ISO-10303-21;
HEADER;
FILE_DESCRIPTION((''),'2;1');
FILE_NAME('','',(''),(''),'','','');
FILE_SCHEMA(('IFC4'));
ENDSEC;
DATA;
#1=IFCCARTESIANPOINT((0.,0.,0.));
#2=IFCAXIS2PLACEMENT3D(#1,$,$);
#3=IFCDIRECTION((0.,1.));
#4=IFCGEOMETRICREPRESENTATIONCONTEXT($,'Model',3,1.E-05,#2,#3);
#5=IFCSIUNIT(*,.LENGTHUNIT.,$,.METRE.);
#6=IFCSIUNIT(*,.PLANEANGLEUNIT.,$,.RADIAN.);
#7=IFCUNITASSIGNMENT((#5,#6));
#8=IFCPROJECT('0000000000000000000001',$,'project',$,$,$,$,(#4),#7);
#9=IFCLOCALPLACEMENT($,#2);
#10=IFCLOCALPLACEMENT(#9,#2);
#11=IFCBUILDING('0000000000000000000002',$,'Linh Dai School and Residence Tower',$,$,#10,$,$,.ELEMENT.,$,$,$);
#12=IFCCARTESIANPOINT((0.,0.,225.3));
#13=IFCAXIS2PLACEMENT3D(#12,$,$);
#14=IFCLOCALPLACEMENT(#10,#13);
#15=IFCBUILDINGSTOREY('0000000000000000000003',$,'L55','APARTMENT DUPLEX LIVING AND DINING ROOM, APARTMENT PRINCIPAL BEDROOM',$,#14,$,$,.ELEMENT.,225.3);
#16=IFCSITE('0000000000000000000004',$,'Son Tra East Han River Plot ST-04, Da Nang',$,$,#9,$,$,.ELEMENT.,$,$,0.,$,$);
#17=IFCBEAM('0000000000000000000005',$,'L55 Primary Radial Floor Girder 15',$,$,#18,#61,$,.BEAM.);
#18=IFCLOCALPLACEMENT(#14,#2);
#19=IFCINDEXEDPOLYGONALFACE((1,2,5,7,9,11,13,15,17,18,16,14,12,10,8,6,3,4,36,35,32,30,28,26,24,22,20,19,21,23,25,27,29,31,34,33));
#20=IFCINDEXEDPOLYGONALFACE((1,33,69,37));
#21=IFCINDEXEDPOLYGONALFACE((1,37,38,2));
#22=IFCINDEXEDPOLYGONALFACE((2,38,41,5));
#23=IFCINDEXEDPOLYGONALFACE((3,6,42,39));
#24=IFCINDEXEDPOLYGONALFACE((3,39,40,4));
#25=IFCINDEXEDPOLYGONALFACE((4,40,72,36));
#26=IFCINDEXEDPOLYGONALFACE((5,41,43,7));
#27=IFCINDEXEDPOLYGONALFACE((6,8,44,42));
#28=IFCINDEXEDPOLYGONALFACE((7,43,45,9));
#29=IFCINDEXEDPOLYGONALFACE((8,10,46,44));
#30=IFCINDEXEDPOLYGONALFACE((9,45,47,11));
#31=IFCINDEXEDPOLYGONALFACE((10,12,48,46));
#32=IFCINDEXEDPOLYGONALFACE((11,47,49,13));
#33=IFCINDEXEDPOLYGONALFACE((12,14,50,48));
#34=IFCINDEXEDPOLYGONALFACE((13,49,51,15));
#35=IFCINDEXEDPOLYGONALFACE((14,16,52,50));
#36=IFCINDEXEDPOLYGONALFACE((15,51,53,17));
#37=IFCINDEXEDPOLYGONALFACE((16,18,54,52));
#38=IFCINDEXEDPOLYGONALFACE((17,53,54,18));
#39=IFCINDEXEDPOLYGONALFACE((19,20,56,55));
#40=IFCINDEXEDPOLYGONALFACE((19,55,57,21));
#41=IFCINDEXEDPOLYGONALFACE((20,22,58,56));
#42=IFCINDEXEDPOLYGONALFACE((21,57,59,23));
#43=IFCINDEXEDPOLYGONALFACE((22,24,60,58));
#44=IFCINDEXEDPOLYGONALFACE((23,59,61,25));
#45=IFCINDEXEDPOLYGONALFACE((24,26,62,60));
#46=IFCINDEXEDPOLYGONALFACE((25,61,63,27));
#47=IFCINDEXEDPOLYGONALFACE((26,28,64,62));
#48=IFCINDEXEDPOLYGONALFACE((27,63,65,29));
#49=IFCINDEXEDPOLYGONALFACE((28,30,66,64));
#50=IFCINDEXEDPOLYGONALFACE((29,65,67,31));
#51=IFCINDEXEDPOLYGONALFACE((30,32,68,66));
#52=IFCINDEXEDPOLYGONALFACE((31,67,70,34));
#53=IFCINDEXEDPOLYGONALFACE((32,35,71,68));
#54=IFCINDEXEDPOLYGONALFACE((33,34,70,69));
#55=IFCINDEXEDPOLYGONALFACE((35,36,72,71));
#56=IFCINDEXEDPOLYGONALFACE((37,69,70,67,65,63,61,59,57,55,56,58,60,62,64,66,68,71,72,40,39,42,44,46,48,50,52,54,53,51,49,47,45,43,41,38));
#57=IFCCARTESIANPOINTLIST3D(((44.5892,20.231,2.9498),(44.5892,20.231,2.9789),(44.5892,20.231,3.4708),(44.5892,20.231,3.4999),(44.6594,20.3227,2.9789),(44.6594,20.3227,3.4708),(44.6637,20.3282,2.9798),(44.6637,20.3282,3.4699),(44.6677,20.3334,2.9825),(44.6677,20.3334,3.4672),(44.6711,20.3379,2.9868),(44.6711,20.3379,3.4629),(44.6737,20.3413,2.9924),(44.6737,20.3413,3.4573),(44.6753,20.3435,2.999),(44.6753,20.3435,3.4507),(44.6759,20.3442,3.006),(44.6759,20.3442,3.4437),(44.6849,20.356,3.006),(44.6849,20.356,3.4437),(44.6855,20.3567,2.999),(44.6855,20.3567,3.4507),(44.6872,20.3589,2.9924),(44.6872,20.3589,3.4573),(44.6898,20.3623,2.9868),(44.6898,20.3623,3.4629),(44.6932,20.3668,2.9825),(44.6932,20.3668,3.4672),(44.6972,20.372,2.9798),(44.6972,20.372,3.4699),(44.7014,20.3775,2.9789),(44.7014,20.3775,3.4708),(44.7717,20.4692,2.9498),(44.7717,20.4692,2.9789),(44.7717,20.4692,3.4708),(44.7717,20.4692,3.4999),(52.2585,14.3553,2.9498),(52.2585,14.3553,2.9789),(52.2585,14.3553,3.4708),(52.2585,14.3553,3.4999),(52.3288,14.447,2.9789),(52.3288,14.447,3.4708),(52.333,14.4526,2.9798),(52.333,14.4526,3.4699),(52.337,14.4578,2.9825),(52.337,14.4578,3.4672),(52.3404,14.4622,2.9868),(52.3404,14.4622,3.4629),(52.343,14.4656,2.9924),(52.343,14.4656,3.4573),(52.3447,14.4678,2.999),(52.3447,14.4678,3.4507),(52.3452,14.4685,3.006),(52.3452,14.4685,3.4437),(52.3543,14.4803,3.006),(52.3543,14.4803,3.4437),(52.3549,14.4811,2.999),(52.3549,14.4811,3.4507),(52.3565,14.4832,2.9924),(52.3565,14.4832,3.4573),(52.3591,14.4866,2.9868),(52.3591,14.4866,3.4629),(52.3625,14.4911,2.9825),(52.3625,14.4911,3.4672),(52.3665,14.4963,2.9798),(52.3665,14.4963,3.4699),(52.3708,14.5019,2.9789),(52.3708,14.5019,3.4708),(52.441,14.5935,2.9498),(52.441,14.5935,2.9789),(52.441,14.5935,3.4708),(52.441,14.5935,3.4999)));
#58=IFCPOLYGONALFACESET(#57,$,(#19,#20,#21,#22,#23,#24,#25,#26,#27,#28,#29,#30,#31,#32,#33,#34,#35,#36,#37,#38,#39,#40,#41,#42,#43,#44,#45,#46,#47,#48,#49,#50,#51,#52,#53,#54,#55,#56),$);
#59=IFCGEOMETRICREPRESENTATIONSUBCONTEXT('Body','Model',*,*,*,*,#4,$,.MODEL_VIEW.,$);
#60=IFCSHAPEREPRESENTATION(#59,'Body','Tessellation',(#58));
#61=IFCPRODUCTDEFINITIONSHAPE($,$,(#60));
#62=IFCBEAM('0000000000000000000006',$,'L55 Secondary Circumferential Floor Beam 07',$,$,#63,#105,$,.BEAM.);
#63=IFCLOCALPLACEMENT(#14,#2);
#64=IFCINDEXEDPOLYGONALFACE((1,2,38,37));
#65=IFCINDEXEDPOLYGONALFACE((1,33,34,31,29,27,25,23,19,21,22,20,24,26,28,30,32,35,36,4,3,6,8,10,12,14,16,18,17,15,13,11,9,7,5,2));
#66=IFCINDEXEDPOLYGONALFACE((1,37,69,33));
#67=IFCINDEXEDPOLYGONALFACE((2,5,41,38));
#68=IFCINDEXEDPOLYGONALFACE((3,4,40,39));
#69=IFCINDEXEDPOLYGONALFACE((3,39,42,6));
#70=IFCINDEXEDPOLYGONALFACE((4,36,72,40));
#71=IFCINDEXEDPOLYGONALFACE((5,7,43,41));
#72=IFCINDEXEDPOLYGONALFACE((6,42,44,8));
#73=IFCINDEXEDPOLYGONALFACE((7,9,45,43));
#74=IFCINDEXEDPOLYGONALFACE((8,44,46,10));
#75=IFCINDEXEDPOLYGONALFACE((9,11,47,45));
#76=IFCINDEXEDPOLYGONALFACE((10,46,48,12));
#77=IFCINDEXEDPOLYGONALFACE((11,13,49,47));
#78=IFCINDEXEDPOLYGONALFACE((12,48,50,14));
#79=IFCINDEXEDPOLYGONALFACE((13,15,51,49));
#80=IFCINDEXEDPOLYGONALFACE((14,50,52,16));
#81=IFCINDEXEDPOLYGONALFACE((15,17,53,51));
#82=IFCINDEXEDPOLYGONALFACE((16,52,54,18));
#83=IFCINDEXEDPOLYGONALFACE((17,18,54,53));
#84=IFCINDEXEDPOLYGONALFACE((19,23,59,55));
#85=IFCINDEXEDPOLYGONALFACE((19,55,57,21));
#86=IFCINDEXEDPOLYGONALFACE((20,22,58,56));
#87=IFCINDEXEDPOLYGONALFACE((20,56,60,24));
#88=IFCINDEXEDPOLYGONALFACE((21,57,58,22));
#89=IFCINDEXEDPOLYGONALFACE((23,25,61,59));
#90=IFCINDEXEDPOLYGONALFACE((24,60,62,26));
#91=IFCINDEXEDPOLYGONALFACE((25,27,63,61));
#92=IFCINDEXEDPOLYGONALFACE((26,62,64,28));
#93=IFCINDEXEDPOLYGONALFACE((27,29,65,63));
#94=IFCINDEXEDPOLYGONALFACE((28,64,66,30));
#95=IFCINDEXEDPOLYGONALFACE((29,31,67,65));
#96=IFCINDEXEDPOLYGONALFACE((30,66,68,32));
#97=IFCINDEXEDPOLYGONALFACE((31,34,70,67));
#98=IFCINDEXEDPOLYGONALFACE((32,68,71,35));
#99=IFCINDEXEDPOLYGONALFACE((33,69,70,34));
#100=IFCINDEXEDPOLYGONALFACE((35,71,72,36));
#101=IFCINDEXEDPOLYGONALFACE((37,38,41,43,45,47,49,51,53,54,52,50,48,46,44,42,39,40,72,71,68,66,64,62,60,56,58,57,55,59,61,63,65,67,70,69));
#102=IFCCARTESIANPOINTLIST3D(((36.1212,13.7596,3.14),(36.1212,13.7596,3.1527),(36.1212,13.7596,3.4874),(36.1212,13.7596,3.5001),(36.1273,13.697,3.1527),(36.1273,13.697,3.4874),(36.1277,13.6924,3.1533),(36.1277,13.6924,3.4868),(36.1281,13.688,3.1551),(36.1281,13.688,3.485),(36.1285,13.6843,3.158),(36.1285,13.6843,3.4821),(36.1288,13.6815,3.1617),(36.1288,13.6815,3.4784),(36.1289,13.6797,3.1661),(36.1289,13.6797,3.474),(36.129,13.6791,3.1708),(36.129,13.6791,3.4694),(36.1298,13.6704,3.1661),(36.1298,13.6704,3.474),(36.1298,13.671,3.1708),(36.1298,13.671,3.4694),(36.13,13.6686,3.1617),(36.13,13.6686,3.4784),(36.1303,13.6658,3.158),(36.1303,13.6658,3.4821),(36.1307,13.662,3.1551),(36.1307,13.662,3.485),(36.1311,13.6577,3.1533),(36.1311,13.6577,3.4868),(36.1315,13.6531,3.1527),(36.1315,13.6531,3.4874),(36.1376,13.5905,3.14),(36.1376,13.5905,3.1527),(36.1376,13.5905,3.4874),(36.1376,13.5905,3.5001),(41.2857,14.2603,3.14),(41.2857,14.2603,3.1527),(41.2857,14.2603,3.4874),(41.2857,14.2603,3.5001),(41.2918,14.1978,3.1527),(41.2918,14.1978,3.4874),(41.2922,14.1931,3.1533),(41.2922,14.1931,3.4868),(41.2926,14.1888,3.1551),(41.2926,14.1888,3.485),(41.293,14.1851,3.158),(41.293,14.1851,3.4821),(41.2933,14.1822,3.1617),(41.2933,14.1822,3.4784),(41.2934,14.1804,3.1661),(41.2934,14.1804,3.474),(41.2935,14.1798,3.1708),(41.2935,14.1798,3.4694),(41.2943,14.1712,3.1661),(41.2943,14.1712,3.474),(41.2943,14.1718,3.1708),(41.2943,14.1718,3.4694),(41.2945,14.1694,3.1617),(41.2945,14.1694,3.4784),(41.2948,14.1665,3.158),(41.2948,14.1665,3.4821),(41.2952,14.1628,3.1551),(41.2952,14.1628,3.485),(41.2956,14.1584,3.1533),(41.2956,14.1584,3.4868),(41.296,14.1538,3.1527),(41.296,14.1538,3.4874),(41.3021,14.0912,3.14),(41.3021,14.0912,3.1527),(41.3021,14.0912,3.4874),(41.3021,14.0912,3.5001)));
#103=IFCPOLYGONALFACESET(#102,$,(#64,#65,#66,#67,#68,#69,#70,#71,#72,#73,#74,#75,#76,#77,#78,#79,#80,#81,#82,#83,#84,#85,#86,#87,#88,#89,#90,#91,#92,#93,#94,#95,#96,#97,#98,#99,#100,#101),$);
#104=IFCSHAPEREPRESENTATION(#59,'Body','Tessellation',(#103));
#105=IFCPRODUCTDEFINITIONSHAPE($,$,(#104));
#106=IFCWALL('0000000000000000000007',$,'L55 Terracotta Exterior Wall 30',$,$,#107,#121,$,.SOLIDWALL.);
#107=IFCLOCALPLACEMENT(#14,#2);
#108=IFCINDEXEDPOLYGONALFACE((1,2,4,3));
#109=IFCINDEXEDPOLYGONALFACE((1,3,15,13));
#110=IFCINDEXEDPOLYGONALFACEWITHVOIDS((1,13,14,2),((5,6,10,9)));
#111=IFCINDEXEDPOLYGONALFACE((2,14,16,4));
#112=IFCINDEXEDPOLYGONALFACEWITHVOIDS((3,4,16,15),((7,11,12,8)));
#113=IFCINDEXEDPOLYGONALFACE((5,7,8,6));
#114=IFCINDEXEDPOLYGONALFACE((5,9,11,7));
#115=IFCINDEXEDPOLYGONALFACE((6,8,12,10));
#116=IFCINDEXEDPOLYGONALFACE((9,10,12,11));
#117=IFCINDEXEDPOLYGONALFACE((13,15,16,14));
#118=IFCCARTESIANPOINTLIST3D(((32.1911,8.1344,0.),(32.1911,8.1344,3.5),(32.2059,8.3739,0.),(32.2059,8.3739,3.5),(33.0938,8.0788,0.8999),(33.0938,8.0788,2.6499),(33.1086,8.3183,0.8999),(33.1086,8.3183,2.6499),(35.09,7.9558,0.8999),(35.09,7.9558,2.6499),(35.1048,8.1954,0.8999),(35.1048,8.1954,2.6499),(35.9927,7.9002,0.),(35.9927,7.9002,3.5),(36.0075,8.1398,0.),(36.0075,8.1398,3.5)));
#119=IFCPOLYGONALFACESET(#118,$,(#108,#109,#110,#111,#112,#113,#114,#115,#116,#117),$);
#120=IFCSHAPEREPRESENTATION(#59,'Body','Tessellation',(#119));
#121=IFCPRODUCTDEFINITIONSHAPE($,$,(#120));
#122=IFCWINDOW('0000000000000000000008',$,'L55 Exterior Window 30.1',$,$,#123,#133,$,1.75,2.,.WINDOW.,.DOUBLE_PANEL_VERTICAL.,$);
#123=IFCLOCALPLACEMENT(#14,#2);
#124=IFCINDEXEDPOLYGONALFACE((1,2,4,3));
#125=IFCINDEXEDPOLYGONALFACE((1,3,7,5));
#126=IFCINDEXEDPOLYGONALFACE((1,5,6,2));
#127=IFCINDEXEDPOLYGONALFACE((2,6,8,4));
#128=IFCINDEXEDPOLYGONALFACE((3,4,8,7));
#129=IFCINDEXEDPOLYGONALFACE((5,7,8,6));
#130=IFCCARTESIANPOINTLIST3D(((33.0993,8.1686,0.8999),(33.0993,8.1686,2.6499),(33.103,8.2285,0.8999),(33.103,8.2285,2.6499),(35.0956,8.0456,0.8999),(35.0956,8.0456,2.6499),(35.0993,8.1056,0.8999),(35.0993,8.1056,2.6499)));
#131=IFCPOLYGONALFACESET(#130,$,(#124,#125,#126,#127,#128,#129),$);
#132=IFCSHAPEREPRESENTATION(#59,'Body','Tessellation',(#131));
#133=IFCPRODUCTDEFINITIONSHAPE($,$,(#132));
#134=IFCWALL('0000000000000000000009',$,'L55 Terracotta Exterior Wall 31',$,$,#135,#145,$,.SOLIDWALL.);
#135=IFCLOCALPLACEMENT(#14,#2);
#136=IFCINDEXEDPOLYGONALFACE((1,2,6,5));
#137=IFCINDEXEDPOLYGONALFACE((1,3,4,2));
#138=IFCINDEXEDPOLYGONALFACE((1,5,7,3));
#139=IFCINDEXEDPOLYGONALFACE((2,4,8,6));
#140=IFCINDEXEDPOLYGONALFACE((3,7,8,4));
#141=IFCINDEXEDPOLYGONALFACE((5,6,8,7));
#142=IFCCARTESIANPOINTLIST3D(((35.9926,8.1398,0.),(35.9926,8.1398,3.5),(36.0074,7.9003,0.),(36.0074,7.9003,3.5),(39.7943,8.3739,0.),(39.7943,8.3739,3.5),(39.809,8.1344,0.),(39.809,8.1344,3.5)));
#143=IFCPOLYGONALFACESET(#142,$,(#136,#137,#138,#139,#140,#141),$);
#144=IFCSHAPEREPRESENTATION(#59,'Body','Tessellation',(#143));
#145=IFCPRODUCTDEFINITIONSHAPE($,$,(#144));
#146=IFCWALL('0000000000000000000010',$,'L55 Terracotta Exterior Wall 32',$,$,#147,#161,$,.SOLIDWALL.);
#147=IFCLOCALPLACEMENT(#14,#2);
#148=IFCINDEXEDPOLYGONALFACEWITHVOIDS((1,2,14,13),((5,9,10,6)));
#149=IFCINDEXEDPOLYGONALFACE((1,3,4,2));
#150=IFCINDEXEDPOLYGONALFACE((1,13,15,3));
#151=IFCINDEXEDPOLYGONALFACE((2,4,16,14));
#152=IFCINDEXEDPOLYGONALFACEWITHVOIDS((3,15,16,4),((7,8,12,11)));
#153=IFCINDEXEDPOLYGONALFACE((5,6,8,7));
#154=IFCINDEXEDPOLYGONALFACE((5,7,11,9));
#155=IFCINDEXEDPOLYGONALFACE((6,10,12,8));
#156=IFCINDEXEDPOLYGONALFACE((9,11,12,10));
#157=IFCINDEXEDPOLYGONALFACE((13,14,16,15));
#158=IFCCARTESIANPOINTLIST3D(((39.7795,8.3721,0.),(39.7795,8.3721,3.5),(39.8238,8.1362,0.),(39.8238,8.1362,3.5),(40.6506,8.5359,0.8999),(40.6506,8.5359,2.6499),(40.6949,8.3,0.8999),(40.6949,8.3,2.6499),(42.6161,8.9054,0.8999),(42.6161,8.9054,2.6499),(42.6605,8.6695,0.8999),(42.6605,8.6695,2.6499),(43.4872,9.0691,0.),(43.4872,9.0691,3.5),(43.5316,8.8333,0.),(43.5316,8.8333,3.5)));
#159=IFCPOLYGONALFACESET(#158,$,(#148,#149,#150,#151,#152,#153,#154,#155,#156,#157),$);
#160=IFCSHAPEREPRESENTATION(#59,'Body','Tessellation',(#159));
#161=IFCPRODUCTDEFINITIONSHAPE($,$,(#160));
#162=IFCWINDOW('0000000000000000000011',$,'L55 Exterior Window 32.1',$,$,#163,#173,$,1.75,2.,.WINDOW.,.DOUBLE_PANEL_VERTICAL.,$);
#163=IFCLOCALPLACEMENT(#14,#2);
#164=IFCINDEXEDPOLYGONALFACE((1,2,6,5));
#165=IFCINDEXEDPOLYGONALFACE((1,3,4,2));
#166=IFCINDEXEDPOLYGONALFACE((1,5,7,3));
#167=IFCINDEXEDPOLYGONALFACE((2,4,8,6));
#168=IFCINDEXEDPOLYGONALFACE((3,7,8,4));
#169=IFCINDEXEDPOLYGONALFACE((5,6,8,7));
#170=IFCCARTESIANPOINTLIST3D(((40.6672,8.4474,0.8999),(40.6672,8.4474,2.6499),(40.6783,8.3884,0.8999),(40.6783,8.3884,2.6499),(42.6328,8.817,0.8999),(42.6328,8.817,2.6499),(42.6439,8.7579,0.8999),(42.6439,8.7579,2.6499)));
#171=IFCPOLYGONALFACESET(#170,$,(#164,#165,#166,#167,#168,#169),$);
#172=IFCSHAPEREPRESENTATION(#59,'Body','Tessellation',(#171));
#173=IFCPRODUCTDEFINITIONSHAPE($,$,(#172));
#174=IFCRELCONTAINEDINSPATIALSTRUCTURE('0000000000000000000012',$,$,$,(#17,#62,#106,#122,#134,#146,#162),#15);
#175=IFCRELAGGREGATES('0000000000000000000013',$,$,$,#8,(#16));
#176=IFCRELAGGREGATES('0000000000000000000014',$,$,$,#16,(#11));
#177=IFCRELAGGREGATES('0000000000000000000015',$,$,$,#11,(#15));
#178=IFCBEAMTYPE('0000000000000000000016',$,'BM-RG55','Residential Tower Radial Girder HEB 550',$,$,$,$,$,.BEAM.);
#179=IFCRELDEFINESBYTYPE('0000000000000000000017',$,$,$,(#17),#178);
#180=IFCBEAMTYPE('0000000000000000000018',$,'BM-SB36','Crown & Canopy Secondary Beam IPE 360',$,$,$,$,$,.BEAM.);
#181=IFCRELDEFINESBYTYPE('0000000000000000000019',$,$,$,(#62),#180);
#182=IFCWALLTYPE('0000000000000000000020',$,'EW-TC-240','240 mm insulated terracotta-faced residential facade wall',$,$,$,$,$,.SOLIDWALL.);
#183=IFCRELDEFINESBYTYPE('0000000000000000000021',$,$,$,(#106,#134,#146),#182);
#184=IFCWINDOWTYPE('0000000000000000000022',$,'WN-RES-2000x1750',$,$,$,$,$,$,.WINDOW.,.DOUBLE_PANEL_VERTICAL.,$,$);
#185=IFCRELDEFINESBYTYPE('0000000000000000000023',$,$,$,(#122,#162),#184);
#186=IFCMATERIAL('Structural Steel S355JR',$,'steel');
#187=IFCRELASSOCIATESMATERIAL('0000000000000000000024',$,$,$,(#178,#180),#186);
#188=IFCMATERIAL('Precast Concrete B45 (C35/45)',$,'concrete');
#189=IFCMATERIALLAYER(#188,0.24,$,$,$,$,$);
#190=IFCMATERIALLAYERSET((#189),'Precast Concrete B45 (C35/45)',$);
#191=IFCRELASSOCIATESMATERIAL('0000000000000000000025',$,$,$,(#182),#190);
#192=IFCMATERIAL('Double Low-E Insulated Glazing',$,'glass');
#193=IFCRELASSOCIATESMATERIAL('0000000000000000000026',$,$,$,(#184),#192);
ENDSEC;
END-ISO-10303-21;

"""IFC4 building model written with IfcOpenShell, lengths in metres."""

from ifc_helpers import new_model, si_unit, direction, frame, frame_2d, origin, origin_2d, place, context, subcontext, project, spatial, rectangle, i_section, extrude, source, transform, mapped, material, layer, layer_set, material_profile, profile_set, type_object, element, fill, save


model = new_model("IFC4")

# Units and contexts
model_context = context("Model", 3, precision=1e-05, world=origin(), true_north=direction((0.0, 1.0)))
body_context = subcontext(model_context, "Body", "Model", "MODEL_VIEW")
ifc_project = project(units=[si_unit("LENGTHUNIT", "METRE"), si_unit("PLANEANGLEUNIT", "RADIAN")], contexts=[model_context])

# Site, building, storey
site_placement = place(None, origin())
site = spatial("IfcSite", under=ifc_project, at=site_placement, Name="Son Tra East Han River Plot ST-04, Da Nang", CompositionType="ELEMENT", RefElevation=0.0)
building_placement = place(site_placement, origin())
building = spatial("IfcBuilding", under=site, at=building_placement, Name="Linh Dai School and Residence Tower", CompositionType="ELEMENT")
storey_placement = place(building_placement, frame((0.0, 0.0, 225.3)))
storey = spatial("IfcBuildingStorey", under=building, at=storey_placement, Name="L55", Description="APARTMENT DUPLEX LIVING AND DINING ROOM, APARTMENT PRINCIPAL BEDROOM", CompositionType="ELEMENT", Elevation=225.3)

# Shared definitions
ifc_material_1 = material(Name="Structural Steel S355JR", Category="steel")

# Beams
ifc_material_profile_1 = material_profile(ifc_material_1, i_section(OverallWidth=0.3, OverallDepth=0.55, WebThickness=0.0149, FlangeThickness=0.0291, FilletRadius=0.0271, at=origin_2d()), Name="HEB 550")
ifc_profile_set_1 = profile_set([ifc_material_profile_1], Name="Structural Steel S355JR")
beam_type_1 = type_object("IfcBeamType", Name="BM-RG55", Description="Residential Tower Radial Girder HEB 550", PredefinedType="BEAM", material=ifc_profile_set_1)
beam_1_placement = place(storey_placement, frame((44.6804, 20.3501, 3.2249), z_axis=(0.793815, -0.60816, 0.0), x_axis=(0.60816, 0.793815, 0.0)))
element("IfcBeam", 1, at=beam_1_placement, inside=storey, type_object=beam_type_1, Name="L55 Primary Radial Floor Girder 15", PredefinedType="BEAM", context=body_context, shape_type="SweptSolid", body=[
    extrude(i_section(OverallWidth=0.3, OverallDepth=0.55, WebThickness=0.0149, FlangeThickness=0.0291, FilletRadius=0.0271, at=origin_2d()), origin(), (0.0, 0.0, 1.0), 9.6614),
])
ifc_material_profile_2 = material_profile(ifc_material_1, i_section(OverallWidth=0.1699, OverallDepth=0.3601, WebThickness=0.0081, FlangeThickness=0.0127, FilletRadius=0.0181, at=origin_2d()), Name="IPE 360")
ifc_profile_set_2 = profile_set([ifc_material_profile_2], Name="Structural Steel S355JR")
beam_type_2 = type_object("IfcBeamType", Name="BM-SB36", Description="Crown & Canopy Secondary Beam IPE 360", PredefinedType="BEAM", material=ifc_profile_set_2)
beam_2_placement = place(storey_placement, frame((36.1294, 13.675, 3.3201), z_axis=(0.995333, 0.096503, 0.0), x_axis=(-0.096503, 0.995333, 0.0)))
element("IfcBeam", 2, at=beam_2_placement, inside=storey, type_object=beam_type_2, Name="L55 Secondary Circumferential Floor Beam 07", PredefinedType="BEAM", context=body_context, shape_type="SweptSolid", body=[
    extrude(i_section(OverallWidth=0.1699, OverallDepth=0.3601, WebThickness=0.0081, FlangeThickness=0.0127, FilletRadius=0.0181, at=origin_2d()), origin(), (0.0, 0.0, 1.0), 5.1887),
])

# Wall, opening, window
ifc_material_2 = material(Name="Precast Concrete B45 (C35/45)", Category="concrete")
ifc_layer_1 = layer(ifc_material_2, 0.24)
ifc_layer_set_1 = layer_set([ifc_layer_1], Name="Precast Concrete B45 (C35/45)")
wall_type_1 = type_object("IfcWallType", Name="EW-TC-240", Description="240 mm insulated terracotta-faced residential facade wall", PredefinedType="SOLIDWALL", material=ifc_layer_set_1)
wall_1_placement = place(storey_placement, frame((36.0, 8.02, 0.0), z_axis=(0.0, 0.0, 1.0), x_axis=(-0.998109, 0.061472, 0.0)))
wall_1 = element("IfcWall", 3, at=wall_1_placement, inside=storey, type_object=wall_type_1, Name="L55 Terracotta Exterior Wall 30", PredefinedType="SOLIDWALL", context=body_context, shape_type="SweptSolid", body=[
    extrude(rectangle(XDim=3.8088, YDim=0.24, at=frame_2d((1.9043, 0.0))), origin(), (0.0, 0.0, 1.0), 3.5),
])
opening_1_placement = place(wall_1_placement, frame((0.9043, 0.0, 0.8999)))
opening_1 = element("IfcOpeningElement", 4, at=opening_1_placement, cuts=wall_1, PredefinedType="OPENING", context=body_context, shape_type="SweptSolid", body=[
    extrude(rectangle(XDim=2.0, YDim=1.75, at=origin_2d()), frame((1.0, 0.1299, 0.875), z_axis=(0.0, -1.0, 0.0), x_axis=(1.0, 0.0, 0.0)), (0.0, 0.0, 1.0), 0.26),
])
ifc_material_3 = material(Name="Double Low-E Insulated Glazing", Category="glass")
window_type = type_object("IfcWindowType", Name="WN-RES-2000x1750", PartitioningType="DOUBLE_PANEL_VERTICAL", PredefinedType="WINDOW", material=ifc_material_3)
shared_shape_1 = source(origin(), body_context, "Body", "SweptSolid", [
    extrude(rectangle(XDim=2.0, YDim=1.75, at=origin_2d()), frame((1.0, 0.03, 0.875), z_axis=(0.0, -1.0, 0.0), x_axis=(1.0, 0.0, 0.0)), (0.0, 0.0, 1.0), 0.0601),
])
window_1_placement = place(opening_1_placement, origin())
window_1 = element("IfcWindow", 5, at=window_1_placement, inside=storey, type_object=window_type, Name="L55 Exterior Window 30.1", OverallHeight=1.75, OverallWidth=2.0, PartitioningType="DOUBLE_PANEL_VERTICAL", PredefinedType="WINDOW", context=body_context, shape_type="MappedRepresentation", body=[
    mapped(shared_shape_1, transform((0.0, 0.0, 0.0), x_axis=(1.0, 0.0, 0.0), y_axis=(0.0, 1.0, 0.0), z_axis=(0.0, 0.0, 1.0), scale=1.0)),
])
fill(opening_1, window_1)

# Wall
wall_2_placement = place(storey_placement, frame((39.8015, 8.2542, 0.0), z_axis=(0.0, 0.0, 1.0), x_axis=(-0.998109, -0.061472, 0.0)))
element("IfcWall", 6, at=wall_2_placement, inside=storey, type_object=wall_type_1, Name="L55 Terracotta Exterior Wall 31", PredefinedType="SOLIDWALL", context=body_context, shape_type="SweptSolid", body=[
    extrude(rectangle(XDim=3.8088, YDim=0.24, at=frame_2d((1.9043, 0.0))), origin(), (0.0, 0.0, 1.0), 3.5),
])

# Wall, opening, window
wall_3_placement = place(storey_placement, frame((43.5093, 8.9512, 0.0), z_axis=(0.0, 0.0, 1.0), x_axis=(-0.982785, -0.184753, 0.0)))
wall_3 = element("IfcWall", 7, at=wall_3_placement, inside=storey, type_object=wall_type_1, Name="L55 Terracotta Exterior Wall 32", PredefinedType="SOLIDWALL", context=body_context, shape_type="SweptSolid", body=[
    extrude(rectangle(XDim=3.7727, YDim=0.24, at=frame_2d((1.8862, 0.0))), origin(), (0.0, 0.0, 1.0), 3.5),
])
opening_2_placement = place(wall_3_placement, frame((0.8862, 0.0, 0.8999)))
opening_2 = element("IfcOpeningElement", 8, at=opening_2_placement, cuts=wall_3, PredefinedType="OPENING", context=body_context, shape_type="SweptSolid", body=[
    extrude(rectangle(XDim=2.0, YDim=1.75, at=origin_2d()), frame((1.0, 0.1299, 0.875), z_axis=(0.0, -1.0, 0.0), x_axis=(1.0, 0.0, 0.0)), (0.0, 0.0, 1.0), 0.26),
])
window_2_placement = place(opening_2_placement, origin())
window_2 = element("IfcWindow", 9, at=window_2_placement, inside=storey, type_object=window_type, Name="L55 Exterior Window 32.1", OverallHeight=1.75, OverallWidth=2.0, PartitioningType="DOUBLE_PANEL_VERTICAL", PredefinedType="WINDOW", context=body_context, shape_type="MappedRepresentation", body=[
    mapped(shared_shape_1, transform((0.0, 0.0, 0.0), x_axis=(1.0, 0.0, 0.0), y_axis=(0.0, 1.0, 0.0), z_axis=(0.0, 0.0, 1.0), scale=1.0)),
])
fill(opening_2, window_2)

save(model, "model.ifc")
